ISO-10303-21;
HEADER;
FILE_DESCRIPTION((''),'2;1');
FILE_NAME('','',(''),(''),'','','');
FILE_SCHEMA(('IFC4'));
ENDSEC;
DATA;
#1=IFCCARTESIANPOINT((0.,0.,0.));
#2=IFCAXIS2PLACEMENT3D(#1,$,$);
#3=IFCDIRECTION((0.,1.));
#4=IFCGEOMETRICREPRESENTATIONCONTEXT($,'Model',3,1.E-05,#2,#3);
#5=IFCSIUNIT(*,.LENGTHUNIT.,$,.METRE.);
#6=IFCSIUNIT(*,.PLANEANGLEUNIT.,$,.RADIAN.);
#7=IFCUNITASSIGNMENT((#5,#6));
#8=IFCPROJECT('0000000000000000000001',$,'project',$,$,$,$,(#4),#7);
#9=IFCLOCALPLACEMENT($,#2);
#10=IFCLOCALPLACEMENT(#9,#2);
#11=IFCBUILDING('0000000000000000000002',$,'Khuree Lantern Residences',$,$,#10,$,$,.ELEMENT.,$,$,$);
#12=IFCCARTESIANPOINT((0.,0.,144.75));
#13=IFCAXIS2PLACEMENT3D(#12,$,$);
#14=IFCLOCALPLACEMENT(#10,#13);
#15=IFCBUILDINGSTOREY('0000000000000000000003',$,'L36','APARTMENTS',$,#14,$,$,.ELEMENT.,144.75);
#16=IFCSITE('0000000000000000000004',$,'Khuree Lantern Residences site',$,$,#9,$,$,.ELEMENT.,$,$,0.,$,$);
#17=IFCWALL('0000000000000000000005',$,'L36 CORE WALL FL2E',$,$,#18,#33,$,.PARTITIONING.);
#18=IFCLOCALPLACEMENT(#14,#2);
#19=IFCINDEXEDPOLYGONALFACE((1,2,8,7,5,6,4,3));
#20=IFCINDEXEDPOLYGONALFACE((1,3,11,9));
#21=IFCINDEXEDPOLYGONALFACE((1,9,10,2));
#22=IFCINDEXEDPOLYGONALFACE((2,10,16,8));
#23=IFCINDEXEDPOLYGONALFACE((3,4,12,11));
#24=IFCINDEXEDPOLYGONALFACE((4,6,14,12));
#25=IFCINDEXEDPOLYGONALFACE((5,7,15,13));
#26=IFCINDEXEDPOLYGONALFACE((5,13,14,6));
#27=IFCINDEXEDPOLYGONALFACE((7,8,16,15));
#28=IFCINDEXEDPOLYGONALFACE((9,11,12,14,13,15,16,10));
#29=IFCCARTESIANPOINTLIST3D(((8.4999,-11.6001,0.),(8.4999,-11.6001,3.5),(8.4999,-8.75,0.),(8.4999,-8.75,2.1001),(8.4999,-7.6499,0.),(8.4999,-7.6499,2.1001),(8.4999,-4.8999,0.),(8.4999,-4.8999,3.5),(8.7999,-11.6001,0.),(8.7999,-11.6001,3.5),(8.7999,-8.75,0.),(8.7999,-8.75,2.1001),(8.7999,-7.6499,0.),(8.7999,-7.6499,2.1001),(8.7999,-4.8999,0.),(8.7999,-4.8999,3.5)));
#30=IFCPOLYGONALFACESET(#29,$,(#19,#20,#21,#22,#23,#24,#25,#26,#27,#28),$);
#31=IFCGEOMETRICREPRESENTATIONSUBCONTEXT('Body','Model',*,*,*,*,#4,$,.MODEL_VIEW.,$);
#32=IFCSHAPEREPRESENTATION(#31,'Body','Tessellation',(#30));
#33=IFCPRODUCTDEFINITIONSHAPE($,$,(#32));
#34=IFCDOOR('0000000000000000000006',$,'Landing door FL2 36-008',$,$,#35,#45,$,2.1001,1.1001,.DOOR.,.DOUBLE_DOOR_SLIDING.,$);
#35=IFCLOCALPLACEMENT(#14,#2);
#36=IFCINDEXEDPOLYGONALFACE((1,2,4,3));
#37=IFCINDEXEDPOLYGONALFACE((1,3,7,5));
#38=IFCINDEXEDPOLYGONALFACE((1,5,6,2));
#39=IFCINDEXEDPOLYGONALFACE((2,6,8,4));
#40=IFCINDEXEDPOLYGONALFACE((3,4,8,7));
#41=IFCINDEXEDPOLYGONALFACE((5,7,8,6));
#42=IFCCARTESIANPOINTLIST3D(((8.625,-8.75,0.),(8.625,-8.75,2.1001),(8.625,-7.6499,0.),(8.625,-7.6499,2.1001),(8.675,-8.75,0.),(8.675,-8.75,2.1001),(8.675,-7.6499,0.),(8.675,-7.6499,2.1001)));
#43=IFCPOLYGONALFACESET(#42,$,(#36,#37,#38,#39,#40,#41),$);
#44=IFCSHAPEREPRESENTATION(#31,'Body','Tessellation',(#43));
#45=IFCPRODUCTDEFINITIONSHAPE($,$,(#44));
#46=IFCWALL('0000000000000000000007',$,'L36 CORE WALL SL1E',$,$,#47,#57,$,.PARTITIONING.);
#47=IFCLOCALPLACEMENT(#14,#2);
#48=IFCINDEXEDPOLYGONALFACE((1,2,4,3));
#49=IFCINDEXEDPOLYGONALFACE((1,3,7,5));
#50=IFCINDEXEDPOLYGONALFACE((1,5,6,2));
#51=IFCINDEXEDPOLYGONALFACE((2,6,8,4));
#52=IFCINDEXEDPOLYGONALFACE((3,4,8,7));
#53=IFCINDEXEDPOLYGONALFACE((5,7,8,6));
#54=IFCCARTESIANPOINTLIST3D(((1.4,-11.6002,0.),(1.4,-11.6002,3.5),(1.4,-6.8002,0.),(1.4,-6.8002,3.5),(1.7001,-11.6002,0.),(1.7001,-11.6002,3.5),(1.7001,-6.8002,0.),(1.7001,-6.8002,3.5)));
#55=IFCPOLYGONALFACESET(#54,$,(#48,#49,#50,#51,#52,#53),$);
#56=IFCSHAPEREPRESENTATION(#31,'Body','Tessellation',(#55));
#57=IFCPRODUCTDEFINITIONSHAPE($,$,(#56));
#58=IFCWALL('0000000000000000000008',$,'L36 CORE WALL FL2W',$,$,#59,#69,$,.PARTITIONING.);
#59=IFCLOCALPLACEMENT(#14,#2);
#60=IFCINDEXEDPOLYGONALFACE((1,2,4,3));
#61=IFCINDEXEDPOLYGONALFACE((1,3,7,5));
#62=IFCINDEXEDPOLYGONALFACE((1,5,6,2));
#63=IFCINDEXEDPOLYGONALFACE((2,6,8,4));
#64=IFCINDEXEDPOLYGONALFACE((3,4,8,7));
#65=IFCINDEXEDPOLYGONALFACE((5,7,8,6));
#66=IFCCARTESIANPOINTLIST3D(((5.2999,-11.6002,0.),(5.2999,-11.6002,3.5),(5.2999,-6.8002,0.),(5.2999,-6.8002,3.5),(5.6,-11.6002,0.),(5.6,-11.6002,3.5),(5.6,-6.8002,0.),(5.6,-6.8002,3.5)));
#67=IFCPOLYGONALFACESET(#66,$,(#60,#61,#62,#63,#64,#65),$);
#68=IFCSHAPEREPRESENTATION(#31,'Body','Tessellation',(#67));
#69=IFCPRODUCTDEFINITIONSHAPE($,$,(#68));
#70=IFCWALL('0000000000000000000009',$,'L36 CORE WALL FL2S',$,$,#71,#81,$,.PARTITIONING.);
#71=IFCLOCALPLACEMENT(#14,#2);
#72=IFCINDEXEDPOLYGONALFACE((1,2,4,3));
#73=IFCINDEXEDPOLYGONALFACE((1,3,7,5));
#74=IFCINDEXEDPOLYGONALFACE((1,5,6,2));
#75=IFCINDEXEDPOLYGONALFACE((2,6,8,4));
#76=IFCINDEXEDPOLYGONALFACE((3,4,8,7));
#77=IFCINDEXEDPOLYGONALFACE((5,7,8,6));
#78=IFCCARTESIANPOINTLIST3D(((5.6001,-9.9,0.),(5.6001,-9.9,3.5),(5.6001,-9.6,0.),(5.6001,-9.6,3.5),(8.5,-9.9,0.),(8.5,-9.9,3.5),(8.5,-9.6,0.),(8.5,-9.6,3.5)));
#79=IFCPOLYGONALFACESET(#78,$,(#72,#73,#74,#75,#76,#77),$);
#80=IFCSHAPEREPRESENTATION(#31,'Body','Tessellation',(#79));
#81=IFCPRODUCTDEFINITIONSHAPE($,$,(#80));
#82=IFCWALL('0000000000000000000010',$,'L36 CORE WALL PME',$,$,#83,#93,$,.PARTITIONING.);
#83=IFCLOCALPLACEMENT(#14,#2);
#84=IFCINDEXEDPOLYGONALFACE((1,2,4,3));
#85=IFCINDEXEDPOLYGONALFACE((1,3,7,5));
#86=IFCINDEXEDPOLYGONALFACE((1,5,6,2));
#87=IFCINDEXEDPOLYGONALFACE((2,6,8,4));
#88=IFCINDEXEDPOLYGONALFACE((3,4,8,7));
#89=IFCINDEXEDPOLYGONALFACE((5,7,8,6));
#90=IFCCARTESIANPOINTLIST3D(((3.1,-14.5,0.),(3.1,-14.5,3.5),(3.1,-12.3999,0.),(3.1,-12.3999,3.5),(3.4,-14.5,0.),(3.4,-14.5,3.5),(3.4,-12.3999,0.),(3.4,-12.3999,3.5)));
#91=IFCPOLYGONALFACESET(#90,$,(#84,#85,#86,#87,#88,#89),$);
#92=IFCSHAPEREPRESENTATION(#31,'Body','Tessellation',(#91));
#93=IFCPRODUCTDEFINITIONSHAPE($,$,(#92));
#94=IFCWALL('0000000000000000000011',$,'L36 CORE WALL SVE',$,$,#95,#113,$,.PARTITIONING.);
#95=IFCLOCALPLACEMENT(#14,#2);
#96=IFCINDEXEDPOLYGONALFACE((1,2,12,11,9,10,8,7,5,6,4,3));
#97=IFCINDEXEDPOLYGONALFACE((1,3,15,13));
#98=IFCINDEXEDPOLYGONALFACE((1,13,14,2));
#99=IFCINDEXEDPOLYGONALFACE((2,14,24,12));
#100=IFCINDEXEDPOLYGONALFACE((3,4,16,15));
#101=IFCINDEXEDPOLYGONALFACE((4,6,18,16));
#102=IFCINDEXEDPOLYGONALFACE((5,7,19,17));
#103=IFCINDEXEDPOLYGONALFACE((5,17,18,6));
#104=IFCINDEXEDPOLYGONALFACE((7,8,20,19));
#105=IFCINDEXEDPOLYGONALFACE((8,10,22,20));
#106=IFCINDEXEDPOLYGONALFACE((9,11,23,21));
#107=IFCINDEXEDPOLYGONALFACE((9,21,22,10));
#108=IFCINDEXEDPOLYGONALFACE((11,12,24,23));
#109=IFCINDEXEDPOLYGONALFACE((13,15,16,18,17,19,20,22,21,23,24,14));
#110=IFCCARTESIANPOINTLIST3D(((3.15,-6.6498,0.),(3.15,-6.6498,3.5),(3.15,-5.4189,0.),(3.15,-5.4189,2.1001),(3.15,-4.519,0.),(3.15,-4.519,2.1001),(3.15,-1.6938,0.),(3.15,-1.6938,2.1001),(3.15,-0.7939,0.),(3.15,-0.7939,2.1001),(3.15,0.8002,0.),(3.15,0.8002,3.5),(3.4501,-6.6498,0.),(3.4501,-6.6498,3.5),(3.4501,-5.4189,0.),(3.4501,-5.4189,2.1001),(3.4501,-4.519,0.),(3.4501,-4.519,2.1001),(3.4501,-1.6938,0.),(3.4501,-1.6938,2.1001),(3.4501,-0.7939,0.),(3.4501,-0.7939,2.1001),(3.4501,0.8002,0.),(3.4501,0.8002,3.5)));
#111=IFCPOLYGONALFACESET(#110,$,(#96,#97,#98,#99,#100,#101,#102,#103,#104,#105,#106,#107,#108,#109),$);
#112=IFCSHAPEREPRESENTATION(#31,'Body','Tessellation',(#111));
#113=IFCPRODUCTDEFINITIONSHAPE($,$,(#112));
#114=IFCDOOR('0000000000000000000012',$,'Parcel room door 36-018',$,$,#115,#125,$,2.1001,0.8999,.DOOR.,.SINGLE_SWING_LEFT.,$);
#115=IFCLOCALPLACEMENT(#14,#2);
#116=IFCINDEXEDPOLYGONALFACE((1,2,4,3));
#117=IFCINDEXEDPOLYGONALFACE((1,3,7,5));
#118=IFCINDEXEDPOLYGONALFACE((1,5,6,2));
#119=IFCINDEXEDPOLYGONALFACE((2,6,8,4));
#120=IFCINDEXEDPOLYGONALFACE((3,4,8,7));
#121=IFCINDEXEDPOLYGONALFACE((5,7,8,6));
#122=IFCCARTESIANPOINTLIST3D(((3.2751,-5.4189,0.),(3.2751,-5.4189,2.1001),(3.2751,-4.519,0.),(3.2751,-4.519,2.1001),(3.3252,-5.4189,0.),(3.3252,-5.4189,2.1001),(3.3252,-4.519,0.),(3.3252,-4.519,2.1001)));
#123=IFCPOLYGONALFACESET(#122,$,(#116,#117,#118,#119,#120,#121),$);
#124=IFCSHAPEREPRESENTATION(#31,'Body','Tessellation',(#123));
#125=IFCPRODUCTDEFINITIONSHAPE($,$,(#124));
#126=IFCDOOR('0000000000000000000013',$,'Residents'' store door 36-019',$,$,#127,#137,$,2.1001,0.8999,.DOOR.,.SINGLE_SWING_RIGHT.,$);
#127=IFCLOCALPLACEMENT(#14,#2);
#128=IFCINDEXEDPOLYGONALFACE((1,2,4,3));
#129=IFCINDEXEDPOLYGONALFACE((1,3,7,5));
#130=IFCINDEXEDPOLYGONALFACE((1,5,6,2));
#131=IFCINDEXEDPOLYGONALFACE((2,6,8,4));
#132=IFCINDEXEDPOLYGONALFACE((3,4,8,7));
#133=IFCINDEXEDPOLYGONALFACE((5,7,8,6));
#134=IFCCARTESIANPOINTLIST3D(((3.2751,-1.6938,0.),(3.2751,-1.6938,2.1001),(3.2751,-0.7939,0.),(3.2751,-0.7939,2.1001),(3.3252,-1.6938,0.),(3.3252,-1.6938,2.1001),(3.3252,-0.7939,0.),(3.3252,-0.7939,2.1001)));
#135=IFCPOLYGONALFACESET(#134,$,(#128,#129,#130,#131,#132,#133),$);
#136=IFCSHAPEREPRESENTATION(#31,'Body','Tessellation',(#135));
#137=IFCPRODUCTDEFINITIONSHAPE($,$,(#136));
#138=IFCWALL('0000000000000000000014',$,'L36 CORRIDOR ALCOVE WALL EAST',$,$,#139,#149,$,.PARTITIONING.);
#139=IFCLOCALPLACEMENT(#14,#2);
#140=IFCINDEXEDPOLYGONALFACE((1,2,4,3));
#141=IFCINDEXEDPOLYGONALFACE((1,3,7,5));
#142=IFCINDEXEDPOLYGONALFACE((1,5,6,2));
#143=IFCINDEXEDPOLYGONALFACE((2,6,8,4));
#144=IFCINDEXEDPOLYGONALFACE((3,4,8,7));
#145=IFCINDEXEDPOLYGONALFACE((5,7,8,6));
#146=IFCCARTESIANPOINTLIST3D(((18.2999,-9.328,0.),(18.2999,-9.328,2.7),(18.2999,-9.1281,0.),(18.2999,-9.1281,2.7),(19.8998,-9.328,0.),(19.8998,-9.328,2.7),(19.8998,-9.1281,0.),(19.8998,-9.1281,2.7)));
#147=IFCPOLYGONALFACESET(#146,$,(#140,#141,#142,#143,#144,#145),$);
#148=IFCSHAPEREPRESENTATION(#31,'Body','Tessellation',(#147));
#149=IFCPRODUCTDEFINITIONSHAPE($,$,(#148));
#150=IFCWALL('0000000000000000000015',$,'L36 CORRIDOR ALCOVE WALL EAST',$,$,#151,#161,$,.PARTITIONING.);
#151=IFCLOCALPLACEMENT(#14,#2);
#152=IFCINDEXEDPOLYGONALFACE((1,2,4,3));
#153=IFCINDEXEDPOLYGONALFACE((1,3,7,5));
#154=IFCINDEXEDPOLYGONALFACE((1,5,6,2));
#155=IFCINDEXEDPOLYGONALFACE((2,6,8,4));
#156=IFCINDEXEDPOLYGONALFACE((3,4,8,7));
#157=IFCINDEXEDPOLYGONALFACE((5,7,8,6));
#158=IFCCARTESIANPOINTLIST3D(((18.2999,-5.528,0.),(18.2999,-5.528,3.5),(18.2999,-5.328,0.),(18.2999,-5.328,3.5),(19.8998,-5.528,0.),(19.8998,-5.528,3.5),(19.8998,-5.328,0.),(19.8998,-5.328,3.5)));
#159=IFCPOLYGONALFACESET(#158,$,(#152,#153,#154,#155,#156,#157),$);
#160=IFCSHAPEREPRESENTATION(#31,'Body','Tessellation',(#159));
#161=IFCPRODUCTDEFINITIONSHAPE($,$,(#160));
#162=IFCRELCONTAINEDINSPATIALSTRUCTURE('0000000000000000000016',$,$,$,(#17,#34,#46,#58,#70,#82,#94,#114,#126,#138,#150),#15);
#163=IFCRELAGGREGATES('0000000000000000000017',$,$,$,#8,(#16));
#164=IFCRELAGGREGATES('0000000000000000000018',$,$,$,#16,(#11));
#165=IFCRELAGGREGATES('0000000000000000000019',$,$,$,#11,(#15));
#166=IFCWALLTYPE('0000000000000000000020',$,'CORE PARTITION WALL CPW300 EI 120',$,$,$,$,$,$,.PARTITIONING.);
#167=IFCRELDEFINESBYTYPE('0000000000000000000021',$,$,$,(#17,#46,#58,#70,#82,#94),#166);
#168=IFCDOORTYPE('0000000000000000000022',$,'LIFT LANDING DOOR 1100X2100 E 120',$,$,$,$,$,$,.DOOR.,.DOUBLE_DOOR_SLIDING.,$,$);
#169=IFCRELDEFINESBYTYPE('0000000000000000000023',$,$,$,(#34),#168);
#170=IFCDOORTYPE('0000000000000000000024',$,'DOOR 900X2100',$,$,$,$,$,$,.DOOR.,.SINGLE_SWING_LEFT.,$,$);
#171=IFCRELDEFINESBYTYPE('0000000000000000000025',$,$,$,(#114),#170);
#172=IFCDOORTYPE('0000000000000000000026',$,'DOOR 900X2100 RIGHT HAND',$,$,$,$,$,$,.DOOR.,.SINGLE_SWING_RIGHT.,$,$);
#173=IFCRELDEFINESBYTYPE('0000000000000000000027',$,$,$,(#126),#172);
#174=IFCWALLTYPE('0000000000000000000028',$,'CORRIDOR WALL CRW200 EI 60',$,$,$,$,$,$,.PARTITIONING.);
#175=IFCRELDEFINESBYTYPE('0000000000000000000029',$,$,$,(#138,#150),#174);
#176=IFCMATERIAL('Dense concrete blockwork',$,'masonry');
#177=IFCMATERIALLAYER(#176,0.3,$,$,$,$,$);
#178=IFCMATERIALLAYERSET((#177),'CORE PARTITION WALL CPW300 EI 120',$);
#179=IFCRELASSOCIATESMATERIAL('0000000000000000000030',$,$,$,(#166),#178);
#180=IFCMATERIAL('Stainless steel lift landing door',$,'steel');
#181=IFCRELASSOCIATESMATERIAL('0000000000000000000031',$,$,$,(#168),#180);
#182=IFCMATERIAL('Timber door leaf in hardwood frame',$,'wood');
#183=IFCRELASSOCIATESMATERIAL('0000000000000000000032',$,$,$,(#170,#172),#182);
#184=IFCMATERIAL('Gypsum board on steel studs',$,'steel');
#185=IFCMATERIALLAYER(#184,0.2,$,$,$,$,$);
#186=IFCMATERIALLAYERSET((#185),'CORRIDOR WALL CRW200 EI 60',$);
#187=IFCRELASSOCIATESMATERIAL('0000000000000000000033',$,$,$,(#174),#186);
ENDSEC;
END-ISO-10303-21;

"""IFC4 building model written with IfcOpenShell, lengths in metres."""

from ifc_helpers import new_model, si_unit, direction, frame, frame_2d, origin, place, context, subcontext, project, spatial, rectangle, extrude, material, layer, layer_set, type_object, element, fill, save


model = new_model("IFC4")

# Units and contexts
model_context = context("Model", 3, precision=1e-05, world=origin(), true_north=direction((0.0, 1.0)))
body_context = subcontext(model_context, "Body", "Model", "MODEL_VIEW")
ifc_project = project(units=[si_unit("LENGTHUNIT", "METRE"), si_unit("PLANEANGLEUNIT", "RADIAN")], contexts=[model_context])

# Site, building, storey
site_placement = place(None, origin())
site = spatial("IfcSite", under=ifc_project, at=site_placement, Name="Khuree Lantern Residences site", CompositionType="ELEMENT", RefElevation=0.0)
building_placement = place(site_placement, origin())
building = spatial("IfcBuilding", under=site, at=building_placement, Name="Khuree Lantern Residences", CompositionType="ELEMENT")
storey_placement = place(building_placement, frame((0.0, 0.0, 144.75)))
storey = spatial("IfcBuildingStorey", under=building, at=storey_placement, Name="L36", Description="APARTMENTS", CompositionType="ELEMENT", Elevation=144.75)

# Wall, opening, door
ifc_material_1 = material(Name="Dense concrete blockwork", Category="masonry")
ifc_layer_1 = layer(ifc_material_1, 0.3)
ifc_layer_set_1 = layer_set([ifc_layer_1], Name="CORE PARTITION WALL CPW300 EI 120")
wall_type_1 = type_object("IfcWallType", Name="CORE PARTITION WALL CPW300 EI 120", PredefinedType="PARTITIONING", material=ifc_layer_set_1)
wall_1_placement = place(storey_placement, frame((8.6499, -11.6001, 0.0), z_axis=(0.0, 0.0, 1.0), x_axis=(0.0, 1.0, 0.0)))
wall_1 = element("IfcWall", 1, at=wall_1_placement, inside=storey, type_object=wall_type_1, Name="L36 CORE WALL FL2E", PredefinedType="PARTITIONING", context=body_context, shape_type="SweptSolid", body=[
    extrude(rectangle(XDim=6.7002, YDim=0.3, at=frame_2d((3.3501, 0.0))), origin(), (0.0, 0.0, 1.0), 3.5),
])
opening_1_placement = place(wall_1_placement, frame((2.8501, 0.0, 0.0)))
opening_1 = element("IfcOpeningElement", 2, at=opening_1_placement, cuts=wall_1, PredefinedType="OPENING", context=body_context, shape_type="SweptSolid", body=[
    extrude(rectangle(XDim=1.1001, YDim=2.1001, at=frame_2d((0.55, 1.05))), frame((0.0, 0.1602, 0.0), z_axis=(0.0, -1.0, 0.0), x_axis=(1.0, 0.0, 0.0)), (0.0, 0.0, 1.0), 0.3201),
])
ifc_material_2 = material(Name="Stainless steel lift landing door", Category="steel")
door_type_1 = type_object("IfcDoorType", Name="LIFT LANDING DOOR 1100X2100 E 120", OperationType="DOUBLE_DOOR_SLIDING", PredefinedType="DOOR", material=ifc_material_2)
door_1_placement = place(opening_1_placement, origin())
door_1 = element("IfcDoor", 3, at=door_1_placement, inside=storey, type_object=door_type_1, Name="Landing door FL2 36-008", OperationType="DOUBLE_DOOR_SLIDING", OverallHeight=2.1001, OverallWidth=1.1001, PredefinedType="DOOR", context=body_context, shape_type="SweptSolid", body=[
    extrude(rectangle(XDim=1.1001, YDim=2.1001, at=frame_2d((0.55, 1.05))), frame((0.0, 0.0249, 0.0), z_axis=(0.0, -1.0, 0.0), x_axis=(1.0, 0.0, 0.0)), (0.0, 0.0, 1.0), 0.05),
])
fill(opening_1, door_1)

# Walls
for number, where, z_axis, x_axis, name in (
    (4, (1.55, -11.6001, 0.0), (0.0, 0.0, 1.0), (0.0, 1.0, 0.0), "L36 CORE WALL SL1E"),
    (5, (5.45, -11.6001, 0.0), (0.0, 0.0, 1.0), (0.0, 1.0, 0.0), "L36 CORE WALL FL2W"),
):
    element("IfcWall", number, at=place(storey_placement, frame(where, z_axis=z_axis, x_axis=x_axis)), inside=storey, type_object=wall_type_1, Name=name, PredefinedType="PARTITIONING", context=body_context, shape_type="SweptSolid", body=[
        extrude(rectangle(XDim=4.8, YDim=0.3, at=frame_2d((2.3999, 0.0))), origin(), (0.0, 0.0, 1.0), 3.5),
    ])
wall_2_placement = place(storey_placement, frame((5.6001, -9.75, 0.0), z_axis=(0.0, 0.0, 1.0), x_axis=(1.0, 0.0, 0.0)))
element("IfcWall", 6, at=wall_2_placement, inside=storey, type_object=wall_type_1, Name="L36 CORE WALL FL2S", PredefinedType="PARTITIONING", context=body_context, shape_type="SweptSolid", body=[
    extrude(rectangle(XDim=2.8999, YDim=0.3, at=frame_2d((1.45, 0.0))), origin(), (0.0, 0.0, 1.0), 3.5),
])
wall_3_placement = place(storey_placement, frame((3.25, -14.5, 0.0), z_axis=(0.0, 0.0, 1.0), x_axis=(0.0, 1.0, 0.0)))
element("IfcWall", 7, at=wall_3_placement, inside=storey, type_object=wall_type_1, Name="L36 CORE WALL PME", PredefinedType="PARTITIONING", context=body_context, shape_type="SweptSolid", body=[
    extrude(rectangle(XDim=2.1001, YDim=0.3, at=frame_2d((1.05, 0.0))), origin(), (0.0, 0.0, 1.0), 3.5),
])

# Wall, openings, doors
wall_4_placement = place(storey_placement, frame((3.3, -6.6499, 0.0), z_axis=(0.0, 0.0, 1.0), x_axis=(0.0, 1.0, 0.0)))
wall_4 = element("IfcWall", 8, at=wall_4_placement, inside=storey, type_object=wall_type_1, Name="L36 CORE WALL SVE", PredefinedType="PARTITIONING", context=body_context, shape_type="SweptSolid", body=[
    extrude(rectangle(XDim=7.45, YDim=0.3, at=frame_2d((3.7251, 0.0))), origin(), (0.0, 0.0, 1.0), 3.5),
])
opening_2_placement = place(wall_4_placement, frame((1.231, 0.0, 0.0)))
opening_2 = element("IfcOpeningElement", 9, at=opening_2_placement, cuts=wall_4, PredefinedType="OPENING", context=body_context, shape_type="SweptSolid", body=[
    extrude(rectangle(XDim=0.8999, YDim=2.1001, at=frame_2d((0.45, 1.05))), frame((0.0, 0.1602, 0.0), z_axis=(0.0, -1.0, 0.0), x_axis=(1.0, 0.0, 0.0)), (0.0, 0.0, 1.0), 0.3201),
])
opening_3_placement = place(wall_4_placement, frame((4.9561, 0.0, 0.0)))
opening_3 = element("IfcOpeningElement", 10, at=opening_3_placement, cuts=wall_4, PredefinedType="OPENING", context=body_context, shape_type="SweptSolid", body=[
    extrude(rectangle(XDim=0.8999, YDim=2.1001, at=frame_2d((0.45, 1.05))), frame((0.0, 0.1602, 0.0), z_axis=(0.0, -1.0, 0.0), x_axis=(1.0, 0.0, 0.0)), (0.0, 0.0, 1.0), 0.3201),
])
ifc_material_3 = material(Name="Timber door leaf in hardwood frame", Category="wood")
door_type_2 = type_object("IfcDoorType", Name="DOOR 900X2100", OperationType="SINGLE_SWING_LEFT", PredefinedType="DOOR", material=ifc_material_3)
door_2_placement = place(opening_2_placement, origin())
door_2 = element("IfcDoor", 11, at=door_2_placement, inside=storey, type_object=door_type_2, Name="Parcel room door 36-018", OperationType="SINGLE_SWING_LEFT", OverallHeight=2.1001, OverallWidth=0.8999, PredefinedType="DOOR", context=body_context, shape_type="SweptSolid", body=[
    extrude(rectangle(XDim=0.8999, YDim=2.1001, at=frame_2d((0.45, 1.05))), frame((0.0, 0.0249, 0.0), z_axis=(0.0, -1.0, 0.0), x_axis=(1.0, 0.0, 0.0)), (0.0, 0.0, 1.0), 0.05),
])
fill(opening_2, door_2)
door_type_3 = type_object("IfcDoorType", Name="DOOR 900X2100 RIGHT HAND", OperationType="SINGLE_SWING_RIGHT", PredefinedType="DOOR", material=ifc_material_3)
door_3_placement = place(opening_3_placement, origin())
door_3 = element("IfcDoor", 12, at=door_3_placement, inside=storey, type_object=door_type_3, Name="Residents' store door 36-019", OperationType="SINGLE_SWING_RIGHT", OverallHeight=2.1001, OverallWidth=0.8999, PredefinedType="DOOR", context=body_context, shape_type="SweptSolid", body=[
    extrude(rectangle(XDim=0.8999, YDim=2.1001, at=frame_2d((0.45, 1.05))), frame((0.0, 0.0249, 0.0), z_axis=(0.0, -1.0, 0.0), x_axis=(1.0, 0.0, 0.0)), (0.0, 0.0, 1.0), 0.05),
])
fill(opening_3, door_3)

# Walls
ifc_material_4 = material(Name="Gypsum board on steel studs", Category="steel")
ifc_layer_2 = layer(ifc_material_4, 0.2)
ifc_layer_set_2 = layer_set([ifc_layer_2], Name="CORRIDOR WALL CRW200 EI 60")
wall_type_2 = type_object("IfcWallType", Name="CORRIDOR WALL CRW200 EI 60", PredefinedType="PARTITIONING", material=ifc_layer_set_2)
wall_5_placement = place(storey_placement, frame((18.3, -9.228, 0.0), z_axis=(0.0, 0.0, 1.0), x_axis=(1.0, 0.0, 0.0)))
element("IfcWall", 13, at=wall_5_placement, inside=storey, type_object=wall_type_2, Name="L36 CORRIDOR ALCOVE WALL EAST", PredefinedType="PARTITIONING", context=body_context, shape_type="SweptSolid", body=[
    extrude(rectangle(XDim=1.5999, YDim=0.2, at=frame_2d((0.7998, 0.0))), origin(), (0.0, 0.0, 1.0), 2.7),
])
wall_6_placement = place(storey_placement, frame((18.3, -5.428, 0.0), z_axis=(0.0, 0.0, 1.0), x_axis=(1.0, 0.0, 0.0)))
element("IfcWall", 14, at=wall_6_placement, inside=storey, type_object=wall_type_2, Name="L36 CORRIDOR ALCOVE WALL EAST", PredefinedType="PARTITIONING", context=body_context, shape_type="SweptSolid", body=[
    extrude(rectangle(XDim=1.5999, YDim=0.2, at=frame_2d((0.7998, 0.0))), origin(), (0.0, 0.0, 1.0), 3.5),
])

save(model, "model.ifc")
